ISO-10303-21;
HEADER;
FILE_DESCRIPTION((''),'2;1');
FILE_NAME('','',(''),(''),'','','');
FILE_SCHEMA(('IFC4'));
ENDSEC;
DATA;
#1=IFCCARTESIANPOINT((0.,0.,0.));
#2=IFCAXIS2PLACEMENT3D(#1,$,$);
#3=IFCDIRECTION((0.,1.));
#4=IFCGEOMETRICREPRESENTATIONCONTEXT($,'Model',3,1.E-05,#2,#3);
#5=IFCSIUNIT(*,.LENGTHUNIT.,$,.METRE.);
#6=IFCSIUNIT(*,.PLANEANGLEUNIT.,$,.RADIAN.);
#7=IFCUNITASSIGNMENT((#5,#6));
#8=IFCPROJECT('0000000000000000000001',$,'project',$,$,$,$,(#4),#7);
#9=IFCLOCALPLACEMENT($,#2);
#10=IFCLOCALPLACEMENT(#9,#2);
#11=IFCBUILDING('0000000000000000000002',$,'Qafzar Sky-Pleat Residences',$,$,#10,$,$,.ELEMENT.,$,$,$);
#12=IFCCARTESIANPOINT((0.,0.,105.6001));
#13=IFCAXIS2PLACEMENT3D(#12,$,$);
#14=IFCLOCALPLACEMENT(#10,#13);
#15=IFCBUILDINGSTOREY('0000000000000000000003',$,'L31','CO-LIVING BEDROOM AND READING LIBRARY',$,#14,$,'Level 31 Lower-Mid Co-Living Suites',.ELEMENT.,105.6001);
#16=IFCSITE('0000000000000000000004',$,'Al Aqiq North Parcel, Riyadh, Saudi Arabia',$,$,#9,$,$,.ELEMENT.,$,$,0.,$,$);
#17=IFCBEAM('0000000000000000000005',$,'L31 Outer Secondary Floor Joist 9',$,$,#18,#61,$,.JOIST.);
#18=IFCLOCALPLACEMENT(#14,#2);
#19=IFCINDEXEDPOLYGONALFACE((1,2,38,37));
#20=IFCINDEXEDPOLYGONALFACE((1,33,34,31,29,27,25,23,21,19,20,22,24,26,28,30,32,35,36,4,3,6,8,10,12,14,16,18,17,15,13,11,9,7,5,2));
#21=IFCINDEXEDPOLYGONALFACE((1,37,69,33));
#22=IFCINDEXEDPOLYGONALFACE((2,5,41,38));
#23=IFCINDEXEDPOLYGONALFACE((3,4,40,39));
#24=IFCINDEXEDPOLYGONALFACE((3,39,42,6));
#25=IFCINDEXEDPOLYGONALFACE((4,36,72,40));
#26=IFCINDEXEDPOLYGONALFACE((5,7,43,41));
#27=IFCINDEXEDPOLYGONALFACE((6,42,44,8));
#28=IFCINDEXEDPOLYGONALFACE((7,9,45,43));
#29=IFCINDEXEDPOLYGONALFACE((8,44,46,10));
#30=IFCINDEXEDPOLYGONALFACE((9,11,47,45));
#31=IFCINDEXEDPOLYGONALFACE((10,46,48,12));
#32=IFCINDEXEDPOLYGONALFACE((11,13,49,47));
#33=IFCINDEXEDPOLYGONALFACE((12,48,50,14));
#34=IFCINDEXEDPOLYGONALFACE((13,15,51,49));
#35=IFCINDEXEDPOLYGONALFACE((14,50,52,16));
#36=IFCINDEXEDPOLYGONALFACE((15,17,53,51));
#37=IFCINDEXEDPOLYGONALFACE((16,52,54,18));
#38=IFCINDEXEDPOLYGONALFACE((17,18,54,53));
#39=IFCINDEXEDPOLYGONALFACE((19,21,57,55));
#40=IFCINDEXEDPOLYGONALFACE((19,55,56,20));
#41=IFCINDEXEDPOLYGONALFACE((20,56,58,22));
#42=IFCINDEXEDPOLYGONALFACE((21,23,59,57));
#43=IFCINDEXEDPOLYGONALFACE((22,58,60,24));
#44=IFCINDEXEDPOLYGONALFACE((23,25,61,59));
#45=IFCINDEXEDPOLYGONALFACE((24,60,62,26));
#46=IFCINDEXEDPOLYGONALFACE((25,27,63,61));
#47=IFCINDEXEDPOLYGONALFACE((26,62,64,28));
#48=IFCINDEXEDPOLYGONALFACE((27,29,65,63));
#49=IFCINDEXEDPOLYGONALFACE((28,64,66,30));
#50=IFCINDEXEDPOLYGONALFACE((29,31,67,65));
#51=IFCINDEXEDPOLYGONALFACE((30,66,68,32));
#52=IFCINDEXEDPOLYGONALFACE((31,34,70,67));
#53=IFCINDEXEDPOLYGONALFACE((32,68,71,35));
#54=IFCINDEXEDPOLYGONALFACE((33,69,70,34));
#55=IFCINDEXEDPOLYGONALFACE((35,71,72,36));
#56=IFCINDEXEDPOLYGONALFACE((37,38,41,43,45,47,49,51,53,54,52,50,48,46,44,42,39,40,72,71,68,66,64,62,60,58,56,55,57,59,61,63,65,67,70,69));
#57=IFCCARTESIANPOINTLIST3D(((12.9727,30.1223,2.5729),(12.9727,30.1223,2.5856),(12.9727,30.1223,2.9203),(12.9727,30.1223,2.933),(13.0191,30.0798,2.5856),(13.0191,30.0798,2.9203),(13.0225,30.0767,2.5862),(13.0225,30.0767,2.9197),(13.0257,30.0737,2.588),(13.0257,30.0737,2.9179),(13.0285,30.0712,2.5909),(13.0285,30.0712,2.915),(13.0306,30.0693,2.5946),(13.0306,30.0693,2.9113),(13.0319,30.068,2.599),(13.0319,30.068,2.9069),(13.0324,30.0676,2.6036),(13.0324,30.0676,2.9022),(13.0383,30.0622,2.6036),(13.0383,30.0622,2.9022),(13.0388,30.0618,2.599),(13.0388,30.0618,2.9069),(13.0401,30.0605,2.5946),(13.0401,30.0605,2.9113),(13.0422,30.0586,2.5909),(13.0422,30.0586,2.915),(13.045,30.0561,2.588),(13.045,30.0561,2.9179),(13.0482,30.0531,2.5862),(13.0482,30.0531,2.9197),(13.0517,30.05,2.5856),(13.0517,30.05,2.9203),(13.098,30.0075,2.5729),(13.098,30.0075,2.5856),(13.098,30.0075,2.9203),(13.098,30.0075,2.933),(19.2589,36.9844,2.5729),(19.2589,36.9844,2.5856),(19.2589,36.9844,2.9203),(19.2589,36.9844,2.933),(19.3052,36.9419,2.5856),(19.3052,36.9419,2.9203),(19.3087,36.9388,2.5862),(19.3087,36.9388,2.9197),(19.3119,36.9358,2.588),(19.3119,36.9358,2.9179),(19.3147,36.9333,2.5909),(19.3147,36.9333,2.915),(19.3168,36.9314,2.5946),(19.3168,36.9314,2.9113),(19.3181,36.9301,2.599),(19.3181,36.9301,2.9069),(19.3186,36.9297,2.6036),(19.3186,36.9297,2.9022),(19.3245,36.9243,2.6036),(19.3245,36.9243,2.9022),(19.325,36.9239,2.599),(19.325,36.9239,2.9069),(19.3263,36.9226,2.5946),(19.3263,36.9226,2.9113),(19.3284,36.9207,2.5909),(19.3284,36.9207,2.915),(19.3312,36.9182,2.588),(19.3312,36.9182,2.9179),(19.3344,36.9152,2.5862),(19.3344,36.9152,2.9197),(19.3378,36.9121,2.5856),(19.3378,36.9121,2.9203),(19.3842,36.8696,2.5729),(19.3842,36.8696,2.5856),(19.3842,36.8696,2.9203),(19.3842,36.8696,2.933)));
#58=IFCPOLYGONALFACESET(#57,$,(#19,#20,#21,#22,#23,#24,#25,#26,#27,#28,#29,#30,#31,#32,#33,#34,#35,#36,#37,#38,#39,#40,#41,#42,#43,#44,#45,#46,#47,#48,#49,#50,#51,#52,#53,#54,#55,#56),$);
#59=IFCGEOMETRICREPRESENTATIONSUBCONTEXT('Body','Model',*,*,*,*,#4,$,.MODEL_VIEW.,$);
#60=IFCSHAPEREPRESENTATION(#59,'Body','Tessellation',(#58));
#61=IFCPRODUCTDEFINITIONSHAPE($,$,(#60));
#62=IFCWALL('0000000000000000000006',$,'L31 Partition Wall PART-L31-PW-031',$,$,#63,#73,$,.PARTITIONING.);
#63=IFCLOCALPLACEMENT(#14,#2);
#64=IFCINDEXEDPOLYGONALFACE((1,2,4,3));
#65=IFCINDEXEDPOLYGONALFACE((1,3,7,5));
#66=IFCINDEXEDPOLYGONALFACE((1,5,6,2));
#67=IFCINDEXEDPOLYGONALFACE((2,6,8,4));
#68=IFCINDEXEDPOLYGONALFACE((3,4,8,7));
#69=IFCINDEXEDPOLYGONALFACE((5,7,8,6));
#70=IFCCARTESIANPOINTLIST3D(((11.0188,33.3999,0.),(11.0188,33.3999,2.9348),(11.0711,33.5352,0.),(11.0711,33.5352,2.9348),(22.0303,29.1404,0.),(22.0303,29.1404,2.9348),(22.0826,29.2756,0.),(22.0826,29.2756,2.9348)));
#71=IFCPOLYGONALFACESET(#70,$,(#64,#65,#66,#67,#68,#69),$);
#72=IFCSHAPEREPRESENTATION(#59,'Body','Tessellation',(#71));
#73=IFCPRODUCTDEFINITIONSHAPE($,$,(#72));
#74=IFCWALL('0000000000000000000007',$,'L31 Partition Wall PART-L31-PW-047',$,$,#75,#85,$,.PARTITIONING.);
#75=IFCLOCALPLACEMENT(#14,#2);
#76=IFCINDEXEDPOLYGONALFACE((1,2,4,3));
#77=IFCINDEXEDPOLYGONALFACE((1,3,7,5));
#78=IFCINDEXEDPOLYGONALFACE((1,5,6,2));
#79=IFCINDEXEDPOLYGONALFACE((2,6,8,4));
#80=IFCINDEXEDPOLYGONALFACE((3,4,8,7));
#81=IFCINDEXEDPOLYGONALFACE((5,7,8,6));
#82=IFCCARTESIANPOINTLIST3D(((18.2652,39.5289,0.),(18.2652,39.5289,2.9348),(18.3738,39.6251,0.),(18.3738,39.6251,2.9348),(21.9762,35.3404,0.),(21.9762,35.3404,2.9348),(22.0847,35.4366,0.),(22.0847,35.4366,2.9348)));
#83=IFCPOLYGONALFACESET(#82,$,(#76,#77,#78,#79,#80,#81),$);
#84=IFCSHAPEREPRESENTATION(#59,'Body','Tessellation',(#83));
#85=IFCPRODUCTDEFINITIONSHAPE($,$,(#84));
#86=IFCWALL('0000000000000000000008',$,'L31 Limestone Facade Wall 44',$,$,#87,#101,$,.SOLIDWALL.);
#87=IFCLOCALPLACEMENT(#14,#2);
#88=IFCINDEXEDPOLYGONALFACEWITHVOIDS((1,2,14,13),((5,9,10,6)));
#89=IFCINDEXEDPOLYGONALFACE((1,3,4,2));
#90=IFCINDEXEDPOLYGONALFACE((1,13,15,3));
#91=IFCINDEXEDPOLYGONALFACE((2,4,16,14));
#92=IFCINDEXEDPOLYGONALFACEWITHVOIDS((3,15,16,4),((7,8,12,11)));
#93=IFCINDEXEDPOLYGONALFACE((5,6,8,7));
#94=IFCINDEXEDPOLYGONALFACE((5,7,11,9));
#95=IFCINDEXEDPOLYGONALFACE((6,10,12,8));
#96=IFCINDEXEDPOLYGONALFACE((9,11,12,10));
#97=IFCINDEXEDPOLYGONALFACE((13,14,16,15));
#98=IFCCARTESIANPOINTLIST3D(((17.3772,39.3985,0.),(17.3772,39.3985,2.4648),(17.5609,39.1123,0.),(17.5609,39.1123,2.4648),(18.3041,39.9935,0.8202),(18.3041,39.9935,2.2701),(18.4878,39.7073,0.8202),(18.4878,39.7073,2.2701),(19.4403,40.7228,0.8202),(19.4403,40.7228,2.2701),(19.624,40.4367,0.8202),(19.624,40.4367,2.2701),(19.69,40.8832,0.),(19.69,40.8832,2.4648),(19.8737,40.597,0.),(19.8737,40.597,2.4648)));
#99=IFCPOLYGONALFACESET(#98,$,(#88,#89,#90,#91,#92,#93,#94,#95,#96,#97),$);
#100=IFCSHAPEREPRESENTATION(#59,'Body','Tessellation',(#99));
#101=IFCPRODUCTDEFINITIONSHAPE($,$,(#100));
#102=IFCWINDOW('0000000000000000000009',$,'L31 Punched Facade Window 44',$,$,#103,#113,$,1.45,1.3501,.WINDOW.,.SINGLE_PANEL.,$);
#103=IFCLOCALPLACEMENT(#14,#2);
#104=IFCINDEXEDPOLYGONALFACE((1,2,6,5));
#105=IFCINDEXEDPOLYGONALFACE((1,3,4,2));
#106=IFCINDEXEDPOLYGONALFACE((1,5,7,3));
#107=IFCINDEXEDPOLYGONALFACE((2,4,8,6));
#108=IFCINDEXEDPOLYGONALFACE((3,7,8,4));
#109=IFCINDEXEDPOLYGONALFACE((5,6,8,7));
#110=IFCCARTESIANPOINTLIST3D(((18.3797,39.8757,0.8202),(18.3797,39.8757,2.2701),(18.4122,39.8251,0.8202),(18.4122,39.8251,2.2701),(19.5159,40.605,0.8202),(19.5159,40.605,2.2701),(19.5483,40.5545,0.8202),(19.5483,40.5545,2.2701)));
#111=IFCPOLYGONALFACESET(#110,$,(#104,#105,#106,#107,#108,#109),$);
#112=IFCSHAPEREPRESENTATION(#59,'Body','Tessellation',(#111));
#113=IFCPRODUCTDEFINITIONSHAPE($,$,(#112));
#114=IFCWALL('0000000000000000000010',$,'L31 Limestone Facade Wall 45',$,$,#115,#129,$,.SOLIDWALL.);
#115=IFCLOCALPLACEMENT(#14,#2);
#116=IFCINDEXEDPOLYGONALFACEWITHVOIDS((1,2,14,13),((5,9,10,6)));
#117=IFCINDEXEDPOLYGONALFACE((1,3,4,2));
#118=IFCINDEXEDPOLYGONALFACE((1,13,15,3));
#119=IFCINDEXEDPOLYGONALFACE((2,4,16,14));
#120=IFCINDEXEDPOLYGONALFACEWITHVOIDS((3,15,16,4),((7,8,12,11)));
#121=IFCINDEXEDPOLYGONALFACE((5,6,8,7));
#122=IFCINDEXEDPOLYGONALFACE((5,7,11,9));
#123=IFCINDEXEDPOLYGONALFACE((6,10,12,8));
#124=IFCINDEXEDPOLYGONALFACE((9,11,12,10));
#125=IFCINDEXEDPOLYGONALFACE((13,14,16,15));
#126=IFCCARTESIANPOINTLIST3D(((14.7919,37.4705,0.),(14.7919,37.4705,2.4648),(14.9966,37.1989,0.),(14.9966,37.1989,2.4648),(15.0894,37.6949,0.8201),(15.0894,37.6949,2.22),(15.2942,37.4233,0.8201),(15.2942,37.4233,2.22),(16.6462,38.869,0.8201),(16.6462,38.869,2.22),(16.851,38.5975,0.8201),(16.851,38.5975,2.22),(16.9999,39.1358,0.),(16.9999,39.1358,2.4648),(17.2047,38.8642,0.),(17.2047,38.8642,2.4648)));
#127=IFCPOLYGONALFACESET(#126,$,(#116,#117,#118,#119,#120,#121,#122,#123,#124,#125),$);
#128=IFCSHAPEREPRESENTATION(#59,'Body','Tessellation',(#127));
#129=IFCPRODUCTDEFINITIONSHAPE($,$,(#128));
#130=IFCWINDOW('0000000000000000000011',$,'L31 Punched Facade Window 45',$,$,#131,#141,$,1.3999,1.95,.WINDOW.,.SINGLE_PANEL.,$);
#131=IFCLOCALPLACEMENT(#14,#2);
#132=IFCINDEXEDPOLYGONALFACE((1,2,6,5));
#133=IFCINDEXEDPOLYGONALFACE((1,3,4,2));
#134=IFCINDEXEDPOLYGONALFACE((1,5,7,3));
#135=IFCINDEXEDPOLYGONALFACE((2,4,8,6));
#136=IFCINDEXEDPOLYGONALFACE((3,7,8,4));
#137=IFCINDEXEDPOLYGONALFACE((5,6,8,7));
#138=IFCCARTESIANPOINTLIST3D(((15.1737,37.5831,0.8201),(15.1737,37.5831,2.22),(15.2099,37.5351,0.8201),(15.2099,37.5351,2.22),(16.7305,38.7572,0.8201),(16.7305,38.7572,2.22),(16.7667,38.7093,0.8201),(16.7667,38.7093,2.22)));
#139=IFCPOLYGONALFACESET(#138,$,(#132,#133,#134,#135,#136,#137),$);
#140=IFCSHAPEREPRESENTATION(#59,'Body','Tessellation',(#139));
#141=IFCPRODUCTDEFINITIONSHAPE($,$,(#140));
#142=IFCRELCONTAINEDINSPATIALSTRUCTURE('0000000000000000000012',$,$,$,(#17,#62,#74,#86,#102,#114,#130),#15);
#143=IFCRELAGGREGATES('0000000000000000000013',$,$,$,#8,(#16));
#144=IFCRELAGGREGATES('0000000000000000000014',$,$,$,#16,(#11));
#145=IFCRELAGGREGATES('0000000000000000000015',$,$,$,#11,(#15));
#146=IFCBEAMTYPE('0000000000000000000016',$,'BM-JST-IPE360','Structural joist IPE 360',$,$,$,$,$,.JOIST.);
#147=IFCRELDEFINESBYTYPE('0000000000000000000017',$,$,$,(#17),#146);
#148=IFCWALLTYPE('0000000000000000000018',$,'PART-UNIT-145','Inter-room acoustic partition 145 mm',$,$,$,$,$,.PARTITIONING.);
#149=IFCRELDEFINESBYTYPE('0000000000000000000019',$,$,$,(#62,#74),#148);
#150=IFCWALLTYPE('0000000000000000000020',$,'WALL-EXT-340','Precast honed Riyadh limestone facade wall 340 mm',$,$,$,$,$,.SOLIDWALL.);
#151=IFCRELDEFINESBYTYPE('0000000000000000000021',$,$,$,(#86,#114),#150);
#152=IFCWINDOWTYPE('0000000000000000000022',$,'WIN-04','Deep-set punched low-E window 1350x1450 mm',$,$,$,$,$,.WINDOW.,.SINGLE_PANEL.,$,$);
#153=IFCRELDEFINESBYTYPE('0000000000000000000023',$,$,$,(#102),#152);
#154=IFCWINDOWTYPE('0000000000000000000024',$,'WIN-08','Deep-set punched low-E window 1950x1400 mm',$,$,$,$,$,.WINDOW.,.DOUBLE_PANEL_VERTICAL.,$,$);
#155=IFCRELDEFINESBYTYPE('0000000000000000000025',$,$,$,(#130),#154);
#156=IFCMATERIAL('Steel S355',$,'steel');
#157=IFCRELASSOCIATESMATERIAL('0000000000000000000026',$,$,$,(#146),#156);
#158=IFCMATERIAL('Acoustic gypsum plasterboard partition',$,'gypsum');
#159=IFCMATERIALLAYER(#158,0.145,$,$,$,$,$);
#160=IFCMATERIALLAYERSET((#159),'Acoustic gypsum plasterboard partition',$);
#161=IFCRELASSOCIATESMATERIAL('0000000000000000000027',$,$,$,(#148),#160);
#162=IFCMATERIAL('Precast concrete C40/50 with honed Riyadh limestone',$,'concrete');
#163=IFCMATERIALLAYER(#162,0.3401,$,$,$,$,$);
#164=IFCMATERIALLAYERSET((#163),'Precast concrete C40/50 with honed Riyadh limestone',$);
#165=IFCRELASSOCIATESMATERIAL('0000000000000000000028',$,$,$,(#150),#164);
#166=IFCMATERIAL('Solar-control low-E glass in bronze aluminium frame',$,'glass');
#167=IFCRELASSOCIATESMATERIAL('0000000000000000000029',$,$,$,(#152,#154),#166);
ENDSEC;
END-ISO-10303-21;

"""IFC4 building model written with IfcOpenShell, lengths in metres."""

from ifc_helpers import new_model, si_unit, direction, frame, frame_2d, origin, origin_2d, place, context, subcontext, project, spatial, rectangle, i_section, extrude, source, transform, mapped, material, layer, layer_set, material_profile, profile_set, type_object, element, fill, save


model = new_model("IFC4")

# Units and contexts
model_context = context("Model", 3, precision=1e-05, world=origin(), true_north=direction((0.0, 1.0)))
body_context = subcontext(model_context, "Body", "Model", "MODEL_VIEW")
ifc_project = project(units=[si_unit("LENGTHUNIT", "METRE"), si_unit("PLANEANGLEUNIT", "RADIAN")], contexts=[model_context])

# Site, building, storey
site_placement = place(None, origin())
site = spatial("IfcSite", under=ifc_project, at=site_placement, Name="Al Aqiq North Parcel, Riyadh, Saudi Arabia", CompositionType="ELEMENT", RefElevation=0.0)
building_placement = place(site_placement, origin())
building = spatial("IfcBuilding", under=site, at=building_placement, Name="Qafzar Sky-Pleat Residences", CompositionType="ELEMENT")
storey_placement = place(building_placement, frame((0.0, 0.0, 105.6001)))
storey = spatial("IfcBuildingStorey", under=building, at=storey_placement, Name="L31", Description="CO-LIVING BEDROOM AND READING LIBRARY", LongName="Level 31 Lower-Mid Co-Living Suites", CompositionType="ELEMENT", Elevation=105.6001)

# Beam
ifc_material_1 = material(Name="Steel S355", Category="steel")
ifc_material_profile_1 = material_profile(ifc_material_1, i_section(OverallWidth=0.1699, OverallDepth=0.3601, WebThickness=0.0081, FlangeThickness=0.0127, FilletRadius=0.0181, at=origin_2d()), Name="IPE 360")
ifc_profile_set_1 = profile_set([ifc_material_profile_1], Name="Steel S355")
beam_type_1 = type_object("IfcBeamType", Name="BM-JST-IPE360", Description="Structural joist IPE 360", PredefinedType="JOIST", material=ifc_profile_set_1)
shared_shape_1 = source(origin(), body_context, "Body", "SweptSolid", [
    extrude(i_section(OverallWidth=0.1699, OverallDepth=0.3601, WebThickness=0.0081, FlangeThickness=0.0127, FilletRadius=0.0181, at=origin_2d()), origin(), (0.0, 0.0, 1.0), 9.3062),
])
beam_1_placement = place(storey_placement, frame((19.3215, 36.927, 2.7529), z_axis=(-0.675486, -0.737373, 0.0), x_axis=(0.737373, -0.675486, 0.0)))
element("IfcBeam", 1, at=beam_1_placement, inside=storey, type_object=beam_type_1, Name="L31 Outer Secondary Floor Joist 9", PredefinedType="JOIST", context=body_context, shape_type="MappedRepresentation", body=[
    mapped(shared_shape_1, transform((0.0, 0.0, 0.0), x_axis=(1.0, 0.0, 0.0), y_axis=(0.0, 1.0, 0.0), z_axis=(0.0, 0.0, 1.0), scale=1.0)),
])

# Walls
ifc_material_2 = material(Name="Acoustic gypsum plasterboard partition", Category="gypsum")
ifc_layer_1 = layer(ifc_material_2, 0.145)
ifc_layer_set_1 = layer_set([ifc_layer_1], Name="Acoustic gypsum plasterboard partition")
wall_type_1 = type_object("IfcWallType", Name="PART-UNIT-145", Description="Inter-room acoustic partition 145 mm", PredefinedType="PARTITIONING", material=ifc_layer_set_1)
wall_1_placement = place(storey_placement, frame((11.0449, 33.4675, 0.0), z_axis=(0.0, 0.0, 1.0), x_axis=(0.932653, -0.360774, 0.0)))
element("IfcWall", 2, at=wall_1_placement, inside=storey, type_object=wall_type_1, Name="L31 Partition Wall PART-L31-PW-031", PredefinedType="PARTITIONING", context=body_context, shape_type="SweptSolid", body=[
    extrude(rectangle(XDim=11.8066, YDim=0.145, at=frame_2d((5.9033, 0.0))), origin(), (0.0, 0.0, 1.0), 2.9348),
])
wall_2_placement = place(storey_placement, frame((18.3196, 39.5769, 0.0), z_axis=(0.0, 0.0, 1.0), x_axis=(0.66315, -0.748487, 0.0)))
element("IfcWall", 3, at=wall_2_placement, inside=storey, type_object=wall_type_1, Name="L31 Partition Wall PART-L31-PW-047", PredefinedType="PARTITIONING", context=body_context, shape_type="SweptSolid", body=[
    extrude(rectangle(XDim=5.5959, YDim=0.145, at=frame_2d((2.7979, 0.0))), origin(), (0.0, 0.0, 1.0), 2.9348),
])

# Walls, openings, windows
ifc_material_3 = material(Name="Precast concrete C40/50 with honed Riyadh limestone", Category="concrete")
ifc_layer_2 = layer(ifc_material_3, 0.3401)
ifc_layer_set_2 = layer_set([ifc_layer_2], Name="Precast concrete C40/50 with honed Riyadh limestone")
wall_type_2 = type_object("IfcWallType", Name="WALL-EXT-340", Description="Precast honed Riyadh limestone facade wall 340 mm", PredefinedType="SOLIDWALL", material=ifc_layer_set_2)
wall_3_placement = place(storey_placement, frame((19.7817, 40.74, 0.0), z_axis=(0.0, 0.0, 1.0), x_axis=(-0.841533, -0.540205, 0.0)))
wall_3 = element("IfcWall", 4, at=wall_3_placement, inside=storey, type_object=wall_type_2, Name="L31 Limestone Facade Wall 44", PredefinedType="SOLIDWALL", context=body_context, shape_type="SweptSolid", body=[
    extrude(rectangle(XDim=2.7483, YDim=0.3401, at=frame_2d((1.374, 0.0))), origin(), (0.0, 0.0, 1.0), 2.4648),
])
opening_1_placement = place(wall_3_placement, frame((0.2966, 0.0, 0.8201)))
opening_1 = element("IfcOpeningElement", 5, at=opening_1_placement, cuts=wall_3, PredefinedType="OPENING", context=body_context, shape_type="SweptSolid", body=[
    extrude(rectangle(XDim=1.3501, YDim=1.45, at=frame_2d((0.675, 0.7251))), frame((0.0, 0.1802, 0.0), z_axis=(0.0, -1.0, 0.0), x_axis=(1.0, 0.0, 0.0)), (0.0, 0.0, 1.0), 0.3601),
])
ifc_material_4 = material(Name="Solar-control low-E glass in bronze aluminium frame", Category="glass")
window_type_1 = type_object("IfcWindowType", Name="WIN-04", Description="Deep-set punched low-E window 1350x1450 mm", PartitioningType="SINGLE_PANEL", PredefinedType="WINDOW", material=ifc_material_4)
shared_shape_2 = source(origin(), body_context, "Body", "SweptSolid", [
    extrude(rectangle(XDim=1.3501, YDim=1.45, at=frame_2d((0.675, 0.7251))), frame((0.0, 0.03, 0.0), z_axis=(0.0, -1.0, 0.0), x_axis=(1.0, 0.0, 0.0)), (0.0, 0.0, 1.0), 0.0601),
])
window_1_placement = place(opening_1_placement, origin())
window_1 = element("IfcWindow", 6, at=window_1_placement, inside=storey, type_object=window_type_1, Name="L31 Punched Facade Window 44", OverallHeight=1.45, OverallWidth=1.3501, PartitioningType="SINGLE_PANEL", PredefinedType="WINDOW", context=body_context, shape_type="MappedRepresentation", body=[
    mapped(shared_shape_2, transform((0.0, 0.0, 0.0), x_axis=(1.0, 0.0, 0.0), y_axis=(0.0, 1.0, 0.0), z_axis=(0.0, 0.0, 1.0), scale=1.0)),
])
fill(opening_1, window_1)
wall_4_placement = place(storey_placement, frame((17.1023, 39.0, 0.0), z_axis=(0.0, 0.0, 1.0), x_axis=(-0.798387, -0.602145, 0.0)))
wall_4 = element("IfcWall", 7, at=wall_4_placement, inside=storey, type_object=wall_type_2, Name="L31 Limestone Facade Wall 45", PredefinedType="SOLIDWALL", context=body_context, shape_type="SweptSolid", body=[
    extrude(rectangle(XDim=2.7656, YDim=0.3401, at=frame_2d((1.3828, 0.0))), origin(), (0.0, 0.0, 1.0), 2.4648),
])
opening_2_placement = place(wall_4_placement, frame((0.4429, 0.0, 0.8201)))
opening_2 = element("IfcOpeningElement", 8, at=opening_2_placement, cuts=wall_4, PredefinedType="OPENING", context=body_context, shape_type="SweptSolid", body=[
    extrude(rectangle(XDim=1.95, YDim=1.3999, at=frame_2d((0.9751, 0.7))), frame((0.0, 0.1802, 0.0), z_axis=(0.0, -1.0, 0.0), x_axis=(1.0, 0.0, 0.0)), (0.0, 0.0, 1.0), 0.3601),
])
window_type_2 = type_object("IfcWindowType", Name="WIN-08", Description="Deep-set punched low-E window 1950x1400 mm", PartitioningType="DOUBLE_PANEL_VERTICAL", PredefinedType="WINDOW", material=ifc_material_4)
shared_shape_3 = source(origin(), body_context, "Body", "SweptSolid", [
    extrude(rectangle(XDim=1.95, YDim=1.3999, at=frame_2d((0.9751, 0.7))), frame((0.0, 0.03, 0.0), z_axis=(0.0, -1.0, 0.0), x_axis=(1.0, 0.0, 0.0)), (0.0, 0.0, 1.0), 0.0601),
])
window_2_placement = place(opening_2_placement, origin())
window_2 = element("IfcWindow", 9, at=window_2_placement, inside=storey, type_object=window_type_2, Name="L31 Punched Facade Window 45", OverallHeight=1.3999, OverallWidth=1.95, PartitioningType="SINGLE_PANEL", PredefinedType="WINDOW", context=body_context, shape_type="MappedRepresentation", body=[
    mapped(shared_shape_3, transform((0.0, 0.0, 0.0), x_axis=(1.0, 0.0, 0.0), y_axis=(0.0, 1.0, 0.0), z_axis=(0.0, 0.0, 1.0), scale=1.0)),
])
fill(opening_2, window_2)

save(model, "model.ifc")
